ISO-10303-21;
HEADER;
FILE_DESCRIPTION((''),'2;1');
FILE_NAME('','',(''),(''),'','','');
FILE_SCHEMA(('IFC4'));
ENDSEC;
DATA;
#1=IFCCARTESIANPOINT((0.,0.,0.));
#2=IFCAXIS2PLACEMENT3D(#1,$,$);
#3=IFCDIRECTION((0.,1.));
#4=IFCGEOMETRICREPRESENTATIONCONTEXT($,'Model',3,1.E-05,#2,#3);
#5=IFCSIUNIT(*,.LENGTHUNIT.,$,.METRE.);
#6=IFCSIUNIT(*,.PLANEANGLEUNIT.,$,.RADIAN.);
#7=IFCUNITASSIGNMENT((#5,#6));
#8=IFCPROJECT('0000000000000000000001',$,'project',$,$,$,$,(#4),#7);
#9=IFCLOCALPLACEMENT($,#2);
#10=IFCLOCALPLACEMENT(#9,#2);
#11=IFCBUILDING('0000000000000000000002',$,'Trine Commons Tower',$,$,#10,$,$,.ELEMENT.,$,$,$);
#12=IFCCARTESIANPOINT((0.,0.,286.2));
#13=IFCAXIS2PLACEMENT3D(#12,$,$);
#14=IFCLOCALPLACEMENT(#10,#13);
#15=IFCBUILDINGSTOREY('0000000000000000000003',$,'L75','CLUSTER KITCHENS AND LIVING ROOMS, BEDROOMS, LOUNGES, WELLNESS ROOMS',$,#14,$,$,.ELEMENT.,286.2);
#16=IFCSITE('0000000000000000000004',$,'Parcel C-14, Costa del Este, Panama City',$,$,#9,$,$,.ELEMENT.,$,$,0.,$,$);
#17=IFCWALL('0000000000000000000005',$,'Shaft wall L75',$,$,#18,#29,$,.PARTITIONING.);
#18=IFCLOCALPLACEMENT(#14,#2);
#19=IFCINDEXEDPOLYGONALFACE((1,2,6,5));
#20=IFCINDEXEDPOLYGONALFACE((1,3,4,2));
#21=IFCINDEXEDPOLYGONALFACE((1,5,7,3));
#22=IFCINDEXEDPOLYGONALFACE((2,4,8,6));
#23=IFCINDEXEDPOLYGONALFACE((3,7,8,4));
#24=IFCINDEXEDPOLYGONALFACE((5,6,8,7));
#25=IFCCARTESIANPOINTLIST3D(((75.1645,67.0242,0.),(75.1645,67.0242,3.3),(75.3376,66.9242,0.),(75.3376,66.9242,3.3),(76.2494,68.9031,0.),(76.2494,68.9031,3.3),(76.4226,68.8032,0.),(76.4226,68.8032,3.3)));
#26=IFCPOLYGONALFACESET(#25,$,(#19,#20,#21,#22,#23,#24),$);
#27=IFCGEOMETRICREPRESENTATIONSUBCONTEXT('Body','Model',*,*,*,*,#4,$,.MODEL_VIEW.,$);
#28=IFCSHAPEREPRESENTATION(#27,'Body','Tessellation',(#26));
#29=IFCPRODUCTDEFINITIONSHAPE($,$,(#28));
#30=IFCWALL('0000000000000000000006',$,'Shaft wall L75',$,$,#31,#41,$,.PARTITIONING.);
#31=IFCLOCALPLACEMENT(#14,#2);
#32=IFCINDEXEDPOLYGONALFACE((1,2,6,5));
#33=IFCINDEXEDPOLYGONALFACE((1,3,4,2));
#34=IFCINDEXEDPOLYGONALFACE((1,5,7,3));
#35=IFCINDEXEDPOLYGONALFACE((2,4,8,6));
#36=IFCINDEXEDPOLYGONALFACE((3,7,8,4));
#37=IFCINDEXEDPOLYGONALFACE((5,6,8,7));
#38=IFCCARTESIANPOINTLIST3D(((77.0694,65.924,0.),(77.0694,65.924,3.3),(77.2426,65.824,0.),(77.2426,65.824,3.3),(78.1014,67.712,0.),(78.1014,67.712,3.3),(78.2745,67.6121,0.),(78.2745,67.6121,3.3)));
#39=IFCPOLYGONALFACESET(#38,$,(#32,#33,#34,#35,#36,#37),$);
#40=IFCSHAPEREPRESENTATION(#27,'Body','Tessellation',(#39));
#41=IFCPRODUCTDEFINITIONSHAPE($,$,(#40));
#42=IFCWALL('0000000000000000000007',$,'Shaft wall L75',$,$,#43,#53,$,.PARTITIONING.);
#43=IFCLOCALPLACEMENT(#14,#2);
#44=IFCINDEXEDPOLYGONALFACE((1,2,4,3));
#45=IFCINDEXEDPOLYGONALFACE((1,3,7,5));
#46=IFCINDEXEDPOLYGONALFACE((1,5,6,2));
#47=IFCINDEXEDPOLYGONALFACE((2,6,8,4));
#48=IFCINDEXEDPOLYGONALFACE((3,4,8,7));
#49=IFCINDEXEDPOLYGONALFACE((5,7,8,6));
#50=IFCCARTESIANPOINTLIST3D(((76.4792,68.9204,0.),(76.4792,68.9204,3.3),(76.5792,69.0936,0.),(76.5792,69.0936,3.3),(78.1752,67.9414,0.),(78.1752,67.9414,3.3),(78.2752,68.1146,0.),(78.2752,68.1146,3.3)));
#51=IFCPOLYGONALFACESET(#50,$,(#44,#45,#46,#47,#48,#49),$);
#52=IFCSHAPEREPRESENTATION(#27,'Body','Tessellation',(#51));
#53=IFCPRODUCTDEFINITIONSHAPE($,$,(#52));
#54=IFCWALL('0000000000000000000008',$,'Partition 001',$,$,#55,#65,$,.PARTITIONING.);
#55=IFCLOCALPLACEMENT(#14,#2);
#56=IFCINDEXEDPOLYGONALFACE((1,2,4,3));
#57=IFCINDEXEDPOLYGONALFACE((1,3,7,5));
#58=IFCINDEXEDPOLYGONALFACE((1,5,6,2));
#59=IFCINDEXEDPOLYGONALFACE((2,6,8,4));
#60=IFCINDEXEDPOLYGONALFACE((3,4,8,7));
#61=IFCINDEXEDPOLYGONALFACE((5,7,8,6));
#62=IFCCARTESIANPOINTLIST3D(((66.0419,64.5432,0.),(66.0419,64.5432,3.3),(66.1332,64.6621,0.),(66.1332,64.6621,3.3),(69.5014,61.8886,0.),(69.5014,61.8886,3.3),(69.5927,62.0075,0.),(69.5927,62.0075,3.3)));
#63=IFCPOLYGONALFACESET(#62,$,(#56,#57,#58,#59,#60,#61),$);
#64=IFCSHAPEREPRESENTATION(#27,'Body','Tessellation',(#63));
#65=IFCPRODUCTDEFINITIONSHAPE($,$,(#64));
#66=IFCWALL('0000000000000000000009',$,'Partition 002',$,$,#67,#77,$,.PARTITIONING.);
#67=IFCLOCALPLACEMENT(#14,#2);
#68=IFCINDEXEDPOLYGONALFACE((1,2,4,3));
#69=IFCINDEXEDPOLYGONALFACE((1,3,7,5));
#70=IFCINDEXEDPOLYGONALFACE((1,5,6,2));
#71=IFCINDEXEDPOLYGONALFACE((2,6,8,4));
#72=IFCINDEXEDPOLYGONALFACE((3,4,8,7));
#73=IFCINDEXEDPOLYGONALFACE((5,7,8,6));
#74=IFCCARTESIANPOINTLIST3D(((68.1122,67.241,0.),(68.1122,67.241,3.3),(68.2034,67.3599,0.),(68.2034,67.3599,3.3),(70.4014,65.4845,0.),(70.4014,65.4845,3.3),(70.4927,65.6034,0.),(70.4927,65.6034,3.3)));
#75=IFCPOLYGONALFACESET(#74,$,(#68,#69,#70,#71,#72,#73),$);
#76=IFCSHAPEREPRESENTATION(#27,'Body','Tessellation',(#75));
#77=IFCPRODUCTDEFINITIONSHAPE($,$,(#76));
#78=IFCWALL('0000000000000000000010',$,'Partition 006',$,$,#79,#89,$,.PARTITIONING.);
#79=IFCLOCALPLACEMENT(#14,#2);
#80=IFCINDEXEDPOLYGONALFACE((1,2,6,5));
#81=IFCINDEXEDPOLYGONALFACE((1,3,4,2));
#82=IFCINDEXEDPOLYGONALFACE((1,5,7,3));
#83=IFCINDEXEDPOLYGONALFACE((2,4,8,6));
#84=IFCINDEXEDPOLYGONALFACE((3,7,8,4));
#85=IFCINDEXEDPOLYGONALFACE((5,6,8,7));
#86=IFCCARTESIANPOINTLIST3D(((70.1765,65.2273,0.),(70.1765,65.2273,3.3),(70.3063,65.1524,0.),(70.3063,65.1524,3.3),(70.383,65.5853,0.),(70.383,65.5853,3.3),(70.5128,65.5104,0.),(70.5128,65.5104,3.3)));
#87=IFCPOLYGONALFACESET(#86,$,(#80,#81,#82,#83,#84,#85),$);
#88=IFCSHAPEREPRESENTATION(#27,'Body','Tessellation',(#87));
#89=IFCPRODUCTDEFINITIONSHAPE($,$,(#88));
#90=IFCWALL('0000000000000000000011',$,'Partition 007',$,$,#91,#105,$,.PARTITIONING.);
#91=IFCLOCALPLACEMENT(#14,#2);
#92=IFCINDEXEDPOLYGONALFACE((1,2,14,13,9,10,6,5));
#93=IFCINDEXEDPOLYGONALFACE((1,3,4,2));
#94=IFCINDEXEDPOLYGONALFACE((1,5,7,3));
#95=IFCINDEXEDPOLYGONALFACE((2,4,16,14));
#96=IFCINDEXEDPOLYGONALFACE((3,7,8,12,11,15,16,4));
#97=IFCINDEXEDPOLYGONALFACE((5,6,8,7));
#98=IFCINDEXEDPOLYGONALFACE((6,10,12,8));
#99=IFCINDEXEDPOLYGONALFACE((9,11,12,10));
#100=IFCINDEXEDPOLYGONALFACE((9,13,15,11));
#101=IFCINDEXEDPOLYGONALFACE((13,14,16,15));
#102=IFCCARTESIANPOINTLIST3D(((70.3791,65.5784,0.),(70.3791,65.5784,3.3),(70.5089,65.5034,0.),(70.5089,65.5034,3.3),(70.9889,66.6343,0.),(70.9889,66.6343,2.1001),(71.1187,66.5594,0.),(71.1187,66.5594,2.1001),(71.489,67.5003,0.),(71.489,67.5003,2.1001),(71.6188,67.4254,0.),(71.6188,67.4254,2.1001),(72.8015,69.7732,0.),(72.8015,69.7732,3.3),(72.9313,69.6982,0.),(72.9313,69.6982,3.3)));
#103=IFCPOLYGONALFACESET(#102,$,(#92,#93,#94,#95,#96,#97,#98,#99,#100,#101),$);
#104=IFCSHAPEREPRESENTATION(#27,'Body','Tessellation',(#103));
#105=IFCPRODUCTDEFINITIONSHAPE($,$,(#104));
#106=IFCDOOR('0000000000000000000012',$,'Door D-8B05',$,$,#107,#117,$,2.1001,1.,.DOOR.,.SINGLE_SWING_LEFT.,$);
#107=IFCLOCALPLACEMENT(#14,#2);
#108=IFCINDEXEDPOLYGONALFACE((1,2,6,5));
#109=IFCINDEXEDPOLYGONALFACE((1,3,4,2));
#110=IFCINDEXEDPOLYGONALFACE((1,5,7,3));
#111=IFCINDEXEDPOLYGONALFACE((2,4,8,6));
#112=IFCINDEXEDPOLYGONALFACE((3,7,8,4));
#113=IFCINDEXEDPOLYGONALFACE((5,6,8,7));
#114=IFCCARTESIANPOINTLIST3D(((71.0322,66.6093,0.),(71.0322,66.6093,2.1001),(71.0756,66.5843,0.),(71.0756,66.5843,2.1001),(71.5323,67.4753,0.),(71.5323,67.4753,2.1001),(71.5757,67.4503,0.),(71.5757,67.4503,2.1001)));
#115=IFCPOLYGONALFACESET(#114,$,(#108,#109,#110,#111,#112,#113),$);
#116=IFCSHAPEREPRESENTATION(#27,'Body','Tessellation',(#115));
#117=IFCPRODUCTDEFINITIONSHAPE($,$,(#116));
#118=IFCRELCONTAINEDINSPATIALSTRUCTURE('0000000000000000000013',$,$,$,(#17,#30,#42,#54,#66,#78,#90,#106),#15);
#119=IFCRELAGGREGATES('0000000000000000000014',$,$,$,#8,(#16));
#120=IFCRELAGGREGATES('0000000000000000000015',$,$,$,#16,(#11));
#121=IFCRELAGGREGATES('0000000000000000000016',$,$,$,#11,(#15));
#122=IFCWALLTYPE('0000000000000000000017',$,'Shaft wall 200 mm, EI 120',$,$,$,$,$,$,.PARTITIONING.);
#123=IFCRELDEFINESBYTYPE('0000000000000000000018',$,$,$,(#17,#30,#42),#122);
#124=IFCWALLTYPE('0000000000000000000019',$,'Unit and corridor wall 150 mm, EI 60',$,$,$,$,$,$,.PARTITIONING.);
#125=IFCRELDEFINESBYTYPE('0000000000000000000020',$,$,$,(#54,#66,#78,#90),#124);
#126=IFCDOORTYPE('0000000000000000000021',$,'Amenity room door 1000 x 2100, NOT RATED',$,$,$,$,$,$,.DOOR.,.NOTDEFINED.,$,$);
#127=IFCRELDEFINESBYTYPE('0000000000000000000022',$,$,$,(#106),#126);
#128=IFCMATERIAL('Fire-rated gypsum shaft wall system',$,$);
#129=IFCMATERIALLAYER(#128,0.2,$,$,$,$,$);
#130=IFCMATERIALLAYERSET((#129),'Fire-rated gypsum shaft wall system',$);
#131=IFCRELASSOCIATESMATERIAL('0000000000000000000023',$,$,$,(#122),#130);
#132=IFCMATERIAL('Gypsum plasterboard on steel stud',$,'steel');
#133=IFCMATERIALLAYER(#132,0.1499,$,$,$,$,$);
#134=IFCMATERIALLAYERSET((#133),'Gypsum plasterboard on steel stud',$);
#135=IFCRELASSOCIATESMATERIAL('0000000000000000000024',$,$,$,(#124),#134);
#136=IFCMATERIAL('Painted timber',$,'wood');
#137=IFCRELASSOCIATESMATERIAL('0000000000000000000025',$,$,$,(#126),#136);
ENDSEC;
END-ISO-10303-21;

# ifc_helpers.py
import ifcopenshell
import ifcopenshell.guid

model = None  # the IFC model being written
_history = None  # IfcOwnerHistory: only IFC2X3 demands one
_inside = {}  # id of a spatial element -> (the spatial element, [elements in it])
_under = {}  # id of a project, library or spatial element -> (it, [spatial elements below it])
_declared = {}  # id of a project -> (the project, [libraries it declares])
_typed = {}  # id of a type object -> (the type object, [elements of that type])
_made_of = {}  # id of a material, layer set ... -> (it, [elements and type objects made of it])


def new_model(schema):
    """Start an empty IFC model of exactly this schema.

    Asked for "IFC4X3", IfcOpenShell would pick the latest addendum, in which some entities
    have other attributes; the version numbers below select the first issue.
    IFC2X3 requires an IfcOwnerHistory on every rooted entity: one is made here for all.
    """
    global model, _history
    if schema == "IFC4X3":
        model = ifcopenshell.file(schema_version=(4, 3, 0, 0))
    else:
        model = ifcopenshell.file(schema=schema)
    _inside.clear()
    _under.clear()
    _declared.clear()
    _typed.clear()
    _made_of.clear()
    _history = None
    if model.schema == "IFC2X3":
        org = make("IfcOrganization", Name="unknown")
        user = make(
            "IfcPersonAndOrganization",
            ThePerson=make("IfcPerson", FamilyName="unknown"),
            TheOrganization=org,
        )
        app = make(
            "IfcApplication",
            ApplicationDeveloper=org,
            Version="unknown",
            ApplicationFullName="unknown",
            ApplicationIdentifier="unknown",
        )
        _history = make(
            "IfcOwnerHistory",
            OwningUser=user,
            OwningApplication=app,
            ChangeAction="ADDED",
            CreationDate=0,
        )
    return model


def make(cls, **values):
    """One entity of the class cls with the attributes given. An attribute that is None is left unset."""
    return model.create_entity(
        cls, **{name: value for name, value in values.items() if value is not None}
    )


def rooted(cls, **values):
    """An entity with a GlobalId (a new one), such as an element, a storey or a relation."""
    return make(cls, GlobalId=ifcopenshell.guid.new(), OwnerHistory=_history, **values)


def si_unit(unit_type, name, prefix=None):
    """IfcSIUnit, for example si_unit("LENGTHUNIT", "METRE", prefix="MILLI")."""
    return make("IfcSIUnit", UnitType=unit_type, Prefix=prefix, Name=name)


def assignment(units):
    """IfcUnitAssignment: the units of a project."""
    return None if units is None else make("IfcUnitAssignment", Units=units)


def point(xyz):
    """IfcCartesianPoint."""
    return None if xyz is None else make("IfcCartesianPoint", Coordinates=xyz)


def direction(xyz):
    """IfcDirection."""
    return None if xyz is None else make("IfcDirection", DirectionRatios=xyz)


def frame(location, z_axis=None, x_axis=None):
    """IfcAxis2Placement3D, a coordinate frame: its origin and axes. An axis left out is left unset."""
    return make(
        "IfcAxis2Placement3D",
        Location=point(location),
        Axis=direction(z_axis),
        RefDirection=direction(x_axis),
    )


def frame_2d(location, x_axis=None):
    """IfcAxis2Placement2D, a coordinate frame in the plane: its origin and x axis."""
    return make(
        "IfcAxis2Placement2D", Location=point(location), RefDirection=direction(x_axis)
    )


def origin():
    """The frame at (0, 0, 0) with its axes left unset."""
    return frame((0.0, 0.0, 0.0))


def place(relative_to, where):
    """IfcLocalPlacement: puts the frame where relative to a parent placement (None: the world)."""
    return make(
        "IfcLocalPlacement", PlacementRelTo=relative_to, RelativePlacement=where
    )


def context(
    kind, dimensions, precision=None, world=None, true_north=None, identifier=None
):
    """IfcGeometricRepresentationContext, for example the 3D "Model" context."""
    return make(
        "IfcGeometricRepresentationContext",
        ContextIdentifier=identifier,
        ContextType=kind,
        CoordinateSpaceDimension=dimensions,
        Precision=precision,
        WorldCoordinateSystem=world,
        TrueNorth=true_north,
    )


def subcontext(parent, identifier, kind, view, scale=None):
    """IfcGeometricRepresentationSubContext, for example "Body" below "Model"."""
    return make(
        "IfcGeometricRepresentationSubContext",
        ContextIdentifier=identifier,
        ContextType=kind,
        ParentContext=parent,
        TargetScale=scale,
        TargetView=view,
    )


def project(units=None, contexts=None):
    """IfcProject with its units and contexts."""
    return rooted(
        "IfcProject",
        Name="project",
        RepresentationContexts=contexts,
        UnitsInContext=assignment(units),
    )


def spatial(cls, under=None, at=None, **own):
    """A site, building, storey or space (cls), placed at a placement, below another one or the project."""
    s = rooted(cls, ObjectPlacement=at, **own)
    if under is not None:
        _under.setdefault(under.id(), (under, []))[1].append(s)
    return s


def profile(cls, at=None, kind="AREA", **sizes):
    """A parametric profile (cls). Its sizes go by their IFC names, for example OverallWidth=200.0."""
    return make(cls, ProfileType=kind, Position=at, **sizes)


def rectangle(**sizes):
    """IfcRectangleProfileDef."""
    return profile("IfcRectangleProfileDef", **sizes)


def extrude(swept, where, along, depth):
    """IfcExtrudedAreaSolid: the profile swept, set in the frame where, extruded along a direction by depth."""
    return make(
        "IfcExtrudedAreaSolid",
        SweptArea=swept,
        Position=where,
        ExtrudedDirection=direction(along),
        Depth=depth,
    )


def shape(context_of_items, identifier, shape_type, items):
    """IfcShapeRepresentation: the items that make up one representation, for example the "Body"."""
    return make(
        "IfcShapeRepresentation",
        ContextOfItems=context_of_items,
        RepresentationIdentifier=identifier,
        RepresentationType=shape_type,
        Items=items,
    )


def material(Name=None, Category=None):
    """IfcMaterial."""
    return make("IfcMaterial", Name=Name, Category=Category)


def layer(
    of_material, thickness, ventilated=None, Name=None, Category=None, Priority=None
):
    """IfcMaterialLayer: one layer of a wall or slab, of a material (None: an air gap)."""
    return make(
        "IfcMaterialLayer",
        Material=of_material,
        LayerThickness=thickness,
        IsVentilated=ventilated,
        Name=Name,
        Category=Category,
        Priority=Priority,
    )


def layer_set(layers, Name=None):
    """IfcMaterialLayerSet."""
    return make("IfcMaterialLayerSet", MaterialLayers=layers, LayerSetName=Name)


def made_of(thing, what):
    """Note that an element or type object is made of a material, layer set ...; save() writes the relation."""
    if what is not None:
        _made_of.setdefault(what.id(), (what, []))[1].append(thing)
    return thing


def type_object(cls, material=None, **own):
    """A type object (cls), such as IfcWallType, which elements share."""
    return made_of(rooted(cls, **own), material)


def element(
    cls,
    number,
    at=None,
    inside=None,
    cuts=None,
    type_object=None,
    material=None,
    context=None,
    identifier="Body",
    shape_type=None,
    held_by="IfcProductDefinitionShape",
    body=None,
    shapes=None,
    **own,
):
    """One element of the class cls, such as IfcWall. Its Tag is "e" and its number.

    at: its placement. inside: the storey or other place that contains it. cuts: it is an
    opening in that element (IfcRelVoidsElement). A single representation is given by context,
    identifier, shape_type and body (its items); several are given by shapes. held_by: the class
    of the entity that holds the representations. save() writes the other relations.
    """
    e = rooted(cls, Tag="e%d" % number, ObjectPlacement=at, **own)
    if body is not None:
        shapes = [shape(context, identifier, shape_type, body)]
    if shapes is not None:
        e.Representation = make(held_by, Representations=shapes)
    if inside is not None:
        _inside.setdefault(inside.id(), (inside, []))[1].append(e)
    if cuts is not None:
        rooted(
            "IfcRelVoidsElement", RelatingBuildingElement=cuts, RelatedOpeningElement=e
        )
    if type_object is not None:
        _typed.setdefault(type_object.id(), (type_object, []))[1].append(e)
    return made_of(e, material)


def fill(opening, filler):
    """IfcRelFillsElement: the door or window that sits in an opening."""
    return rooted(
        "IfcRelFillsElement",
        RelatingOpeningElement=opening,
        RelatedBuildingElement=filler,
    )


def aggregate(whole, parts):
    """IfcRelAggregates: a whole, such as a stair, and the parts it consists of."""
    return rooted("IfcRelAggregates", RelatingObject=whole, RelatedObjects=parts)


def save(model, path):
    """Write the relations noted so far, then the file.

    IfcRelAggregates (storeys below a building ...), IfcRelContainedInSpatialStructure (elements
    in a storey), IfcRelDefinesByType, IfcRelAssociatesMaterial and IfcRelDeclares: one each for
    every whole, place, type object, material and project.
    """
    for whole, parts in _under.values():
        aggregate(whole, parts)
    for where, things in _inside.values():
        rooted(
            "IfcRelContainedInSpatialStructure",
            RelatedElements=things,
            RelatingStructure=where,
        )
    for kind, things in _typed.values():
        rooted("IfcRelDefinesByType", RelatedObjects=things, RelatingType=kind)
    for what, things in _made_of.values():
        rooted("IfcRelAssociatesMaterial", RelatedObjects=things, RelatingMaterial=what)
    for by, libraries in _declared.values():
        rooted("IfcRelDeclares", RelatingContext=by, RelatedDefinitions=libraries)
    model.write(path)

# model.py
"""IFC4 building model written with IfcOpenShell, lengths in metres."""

from ifc_helpers import new_model, si_unit, direction, frame, frame_2d, origin, place, context, subcontext, project, spatial, rectangle, extrude, material, layer, layer_set, type_object, element, fill, save


model = new_model("IFC4")

# Units and contexts
model_context = context("Model", 3, precision=1e-05, world=origin(), true_north=direction((0.0, 1.0)))
body_context = subcontext(model_context, "Body", "Model", "MODEL_VIEW")
ifc_project = project(units=[si_unit("LENGTHUNIT", "METRE"), si_unit("PLANEANGLEUNIT", "RADIAN")], contexts=[model_context])

# Site, building, storey
site_placement = place(None, origin())
site = spatial("IfcSite", under=ifc_project, at=site_placement, Name="Parcel C-14, Costa del Este, Panama City", CompositionType="ELEMENT", RefElevation=0.0)
building_placement = place(site_placement, origin())
building = spatial("IfcBuilding", under=site, at=building_placement, Name="Trine Commons Tower", CompositionType="ELEMENT")
storey_placement = place(building_placement, frame((0.0, 0.0, 286.2)))
storey = spatial("IfcBuildingStorey", under=building, at=storey_placement, Name="L75", Description="CLUSTER KITCHENS AND LIVING ROOMS, BEDROOMS, LOUNGES, WELLNESS ROOMS", CompositionType="ELEMENT", Elevation=286.2)

# Shared definitions
ifc_material_1 = material(Name="Fire-rated gypsum shaft wall system")

# Walls
ifc_layer_1 = layer(ifc_material_1, 0.2)
ifc_layer_set_1 = layer_set([ifc_layer_1], Name="Fire-rated gypsum shaft wall system")
wall_type_1 = type_object("IfcWallType", Name="Shaft wall 200 mm, EI 120", PredefinedType="PARTITIONING", material=ifc_layer_set_1)
wall_1_placement = place(storey_placement, frame((75.251, 66.9741, 0.0), z_axis=(0.0, 0.0, 1.0), x_axis=(0.50006, 0.865991, 0.0)))
element("IfcWall", 1, at=wall_1_placement, inside=storey, type_object=wall_type_1, Name="Shaft wall L75", PredefinedType="PARTITIONING", context=body_context, shape_type="SweptSolid", body=[
    extrude(rectangle(XDim=2.1697, YDim=0.2, at=frame_2d((1.085, 0.0))), origin(), (0.0, 0.0, 1.0), 3.3),
])
wall_2_placement = place(storey_placement, frame((77.156, 65.874, 0.0), z_axis=(0.0, 0.0, 1.0), x_axis=(0.499866, 0.866103, 0.0)))
element("IfcWall", 2, at=wall_2_placement, inside=storey, type_object=wall_type_1, Name="Shaft wall L75", PredefinedType="PARTITIONING", context=body_context, shape_type="SweptSolid", body=[
    extrude(rectangle(XDim=2.0645, YDim=0.2, at=frame_2d((1.0322, 0.0))), origin(), (0.0, 0.0, 1.0), 3.3),
])
wall_3_placement = place(storey_placement, frame((78.2251, 68.0281, 0.0), z_axis=(0.0, 0.0, 1.0), x_axis=(-0.866071, 0.49992, 0.0)))
element("IfcWall", 3, at=wall_3_placement, inside=storey, type_object=wall_type_1, Name="Shaft wall L75", PredefinedType="PARTITIONING", context=body_context, shape_type="SweptSolid", body=[
    extrude(rectangle(XDim=1.9583, YDim=0.2, at=frame_2d((0.979, 0.0))), origin(), (0.0, 0.0, 1.0), 3.3),
])
ifc_material_2 = material(Name="Gypsum plasterboard on steel stud", Category="steel")
ifc_layer_2 = layer(ifc_material_2, 0.1499)
ifc_layer_set_2 = layer_set([ifc_layer_2], Name="Gypsum plasterboard on steel stud")
wall_type_2 = type_object("IfcWallType", Name="Unit and corridor wall 150 mm, EI 60", PredefinedType="PARTITIONING", material=ifc_layer_set_2)
wall_4_placement = place(storey_placement, frame((66.0876, 64.6025, 0.0), z_axis=(0.0, 0.0, 1.0), x_axis=(0.793354, -0.608761, 0.0)))
element("IfcWall", 4, at=wall_4_placement, inside=storey, type_object=wall_type_2, Name="Partition 001", PredefinedType="PARTITIONING", context=body_context, shape_type="SweptSolid", body=[
    extrude(rectangle(XDim=4.3606, YDim=0.1499, at=frame_2d((2.1802, 0.0))), origin(), (0.0, 0.0, 1.0), 3.3),
])
wall_5_placement = place(storey_placement, frame((68.1577, 67.3005, 0.0), z_axis=(0.0, 0.0, 1.0), x_axis=(0.793363, -0.608749, 0.0)))
element("IfcWall", 5, at=wall_5_placement, inside=storey, type_object=wall_type_2, Name="Partition 002", PredefinedType="PARTITIONING", context=body_context, shape_type="SweptSolid", body=[
    extrude(rectangle(XDim=2.8855, YDim=0.1499, at=frame_2d((1.4429, 0.0))), origin(), (0.0, 0.0, 1.0), 3.3),
])
wall_6_placement = place(storey_placement, frame((70.2415, 65.1899, 0.0), z_axis=(0.0, 0.0, 1.0), x_axis=(0.499569, 0.866274, 0.0)))
element("IfcWall", 6, at=wall_6_placement, inside=storey, type_object=wall_type_2, Name="Partition 006", PredefinedType="PARTITIONING", context=body_context, shape_type="SweptSolid", body=[
    extrude(rectangle(XDim=0.4133, YDim=0.1499, at=frame_2d((0.2065, 0.0))), origin(), (0.0, 0.0, 1.0), 3.3),
])

# Wall, opening, door
wall_7_placement = place(storey_placement, frame((70.4441, 65.541, 0.0), z_axis=(0.0, 0.0, 1.0), x_axis=(0.500074, 0.865982, 0.0)))
wall_7 = element("IfcWall", 7, at=wall_7_placement, inside=storey, type_object=wall_type_2, Name="Partition 007", PredefinedType="PARTITIONING", context=body_context, shape_type="SweptSolid", body=[
    extrude(rectangle(XDim=4.844, YDim=0.1499, at=frame_2d((2.4219, 0.0))), origin(), (0.0, 0.0, 1.0), 3.3),
])
opening_1_placement = place(wall_7_placement, frame((1.2192, 0.0, 0.0)))
opening_1 = element("IfcOpeningElement", 8, at=opening_1_placement, cuts=wall_7, PredefinedType="OPENING", context=body_context, shape_type="SweptSolid", body=[
    extrude(rectangle(XDim=1.0, YDim=2.1001, at=frame_2d((0.5, 1.05))), frame((0.0, 0.085, 0.0), z_axis=(0.0, -1.0, 0.0), x_axis=(1.0, 0.0, 0.0)), (0.0, 0.0, 1.0), 0.1699),
])
ifc_material_3 = material(Name="Painted timber", Category="wood")
door_type_1 = type_object("IfcDoorType", Name="Amenity room door 1000 x 2100, NOT RATED", OperationType="NOTDEFINED", PredefinedType="DOOR", material=ifc_material_3)
door_1_placement = place(opening_1_placement, origin())
door_1 = element("IfcDoor", 9, at=door_1_placement, inside=storey, type_object=door_type_1, Name="Door D-8B05", OperationType="SINGLE_SWING_LEFT", OverallHeight=2.1001, OverallWidth=1.0, PredefinedType="DOOR", context=body_context, shape_type="SweptSolid", body=[
    extrude(rectangle(XDim=1.0, YDim=2.1001, at=frame_2d((0.5, 1.05))), frame((0.0, 0.0249, 0.0), z_axis=(0.0, -1.0, 0.0), x_axis=(1.0, 0.0, 0.0)), (0.0, 0.0, 1.0), 0.05),
])
fill(opening_1, door_1)

save(model, "model.ifc")
